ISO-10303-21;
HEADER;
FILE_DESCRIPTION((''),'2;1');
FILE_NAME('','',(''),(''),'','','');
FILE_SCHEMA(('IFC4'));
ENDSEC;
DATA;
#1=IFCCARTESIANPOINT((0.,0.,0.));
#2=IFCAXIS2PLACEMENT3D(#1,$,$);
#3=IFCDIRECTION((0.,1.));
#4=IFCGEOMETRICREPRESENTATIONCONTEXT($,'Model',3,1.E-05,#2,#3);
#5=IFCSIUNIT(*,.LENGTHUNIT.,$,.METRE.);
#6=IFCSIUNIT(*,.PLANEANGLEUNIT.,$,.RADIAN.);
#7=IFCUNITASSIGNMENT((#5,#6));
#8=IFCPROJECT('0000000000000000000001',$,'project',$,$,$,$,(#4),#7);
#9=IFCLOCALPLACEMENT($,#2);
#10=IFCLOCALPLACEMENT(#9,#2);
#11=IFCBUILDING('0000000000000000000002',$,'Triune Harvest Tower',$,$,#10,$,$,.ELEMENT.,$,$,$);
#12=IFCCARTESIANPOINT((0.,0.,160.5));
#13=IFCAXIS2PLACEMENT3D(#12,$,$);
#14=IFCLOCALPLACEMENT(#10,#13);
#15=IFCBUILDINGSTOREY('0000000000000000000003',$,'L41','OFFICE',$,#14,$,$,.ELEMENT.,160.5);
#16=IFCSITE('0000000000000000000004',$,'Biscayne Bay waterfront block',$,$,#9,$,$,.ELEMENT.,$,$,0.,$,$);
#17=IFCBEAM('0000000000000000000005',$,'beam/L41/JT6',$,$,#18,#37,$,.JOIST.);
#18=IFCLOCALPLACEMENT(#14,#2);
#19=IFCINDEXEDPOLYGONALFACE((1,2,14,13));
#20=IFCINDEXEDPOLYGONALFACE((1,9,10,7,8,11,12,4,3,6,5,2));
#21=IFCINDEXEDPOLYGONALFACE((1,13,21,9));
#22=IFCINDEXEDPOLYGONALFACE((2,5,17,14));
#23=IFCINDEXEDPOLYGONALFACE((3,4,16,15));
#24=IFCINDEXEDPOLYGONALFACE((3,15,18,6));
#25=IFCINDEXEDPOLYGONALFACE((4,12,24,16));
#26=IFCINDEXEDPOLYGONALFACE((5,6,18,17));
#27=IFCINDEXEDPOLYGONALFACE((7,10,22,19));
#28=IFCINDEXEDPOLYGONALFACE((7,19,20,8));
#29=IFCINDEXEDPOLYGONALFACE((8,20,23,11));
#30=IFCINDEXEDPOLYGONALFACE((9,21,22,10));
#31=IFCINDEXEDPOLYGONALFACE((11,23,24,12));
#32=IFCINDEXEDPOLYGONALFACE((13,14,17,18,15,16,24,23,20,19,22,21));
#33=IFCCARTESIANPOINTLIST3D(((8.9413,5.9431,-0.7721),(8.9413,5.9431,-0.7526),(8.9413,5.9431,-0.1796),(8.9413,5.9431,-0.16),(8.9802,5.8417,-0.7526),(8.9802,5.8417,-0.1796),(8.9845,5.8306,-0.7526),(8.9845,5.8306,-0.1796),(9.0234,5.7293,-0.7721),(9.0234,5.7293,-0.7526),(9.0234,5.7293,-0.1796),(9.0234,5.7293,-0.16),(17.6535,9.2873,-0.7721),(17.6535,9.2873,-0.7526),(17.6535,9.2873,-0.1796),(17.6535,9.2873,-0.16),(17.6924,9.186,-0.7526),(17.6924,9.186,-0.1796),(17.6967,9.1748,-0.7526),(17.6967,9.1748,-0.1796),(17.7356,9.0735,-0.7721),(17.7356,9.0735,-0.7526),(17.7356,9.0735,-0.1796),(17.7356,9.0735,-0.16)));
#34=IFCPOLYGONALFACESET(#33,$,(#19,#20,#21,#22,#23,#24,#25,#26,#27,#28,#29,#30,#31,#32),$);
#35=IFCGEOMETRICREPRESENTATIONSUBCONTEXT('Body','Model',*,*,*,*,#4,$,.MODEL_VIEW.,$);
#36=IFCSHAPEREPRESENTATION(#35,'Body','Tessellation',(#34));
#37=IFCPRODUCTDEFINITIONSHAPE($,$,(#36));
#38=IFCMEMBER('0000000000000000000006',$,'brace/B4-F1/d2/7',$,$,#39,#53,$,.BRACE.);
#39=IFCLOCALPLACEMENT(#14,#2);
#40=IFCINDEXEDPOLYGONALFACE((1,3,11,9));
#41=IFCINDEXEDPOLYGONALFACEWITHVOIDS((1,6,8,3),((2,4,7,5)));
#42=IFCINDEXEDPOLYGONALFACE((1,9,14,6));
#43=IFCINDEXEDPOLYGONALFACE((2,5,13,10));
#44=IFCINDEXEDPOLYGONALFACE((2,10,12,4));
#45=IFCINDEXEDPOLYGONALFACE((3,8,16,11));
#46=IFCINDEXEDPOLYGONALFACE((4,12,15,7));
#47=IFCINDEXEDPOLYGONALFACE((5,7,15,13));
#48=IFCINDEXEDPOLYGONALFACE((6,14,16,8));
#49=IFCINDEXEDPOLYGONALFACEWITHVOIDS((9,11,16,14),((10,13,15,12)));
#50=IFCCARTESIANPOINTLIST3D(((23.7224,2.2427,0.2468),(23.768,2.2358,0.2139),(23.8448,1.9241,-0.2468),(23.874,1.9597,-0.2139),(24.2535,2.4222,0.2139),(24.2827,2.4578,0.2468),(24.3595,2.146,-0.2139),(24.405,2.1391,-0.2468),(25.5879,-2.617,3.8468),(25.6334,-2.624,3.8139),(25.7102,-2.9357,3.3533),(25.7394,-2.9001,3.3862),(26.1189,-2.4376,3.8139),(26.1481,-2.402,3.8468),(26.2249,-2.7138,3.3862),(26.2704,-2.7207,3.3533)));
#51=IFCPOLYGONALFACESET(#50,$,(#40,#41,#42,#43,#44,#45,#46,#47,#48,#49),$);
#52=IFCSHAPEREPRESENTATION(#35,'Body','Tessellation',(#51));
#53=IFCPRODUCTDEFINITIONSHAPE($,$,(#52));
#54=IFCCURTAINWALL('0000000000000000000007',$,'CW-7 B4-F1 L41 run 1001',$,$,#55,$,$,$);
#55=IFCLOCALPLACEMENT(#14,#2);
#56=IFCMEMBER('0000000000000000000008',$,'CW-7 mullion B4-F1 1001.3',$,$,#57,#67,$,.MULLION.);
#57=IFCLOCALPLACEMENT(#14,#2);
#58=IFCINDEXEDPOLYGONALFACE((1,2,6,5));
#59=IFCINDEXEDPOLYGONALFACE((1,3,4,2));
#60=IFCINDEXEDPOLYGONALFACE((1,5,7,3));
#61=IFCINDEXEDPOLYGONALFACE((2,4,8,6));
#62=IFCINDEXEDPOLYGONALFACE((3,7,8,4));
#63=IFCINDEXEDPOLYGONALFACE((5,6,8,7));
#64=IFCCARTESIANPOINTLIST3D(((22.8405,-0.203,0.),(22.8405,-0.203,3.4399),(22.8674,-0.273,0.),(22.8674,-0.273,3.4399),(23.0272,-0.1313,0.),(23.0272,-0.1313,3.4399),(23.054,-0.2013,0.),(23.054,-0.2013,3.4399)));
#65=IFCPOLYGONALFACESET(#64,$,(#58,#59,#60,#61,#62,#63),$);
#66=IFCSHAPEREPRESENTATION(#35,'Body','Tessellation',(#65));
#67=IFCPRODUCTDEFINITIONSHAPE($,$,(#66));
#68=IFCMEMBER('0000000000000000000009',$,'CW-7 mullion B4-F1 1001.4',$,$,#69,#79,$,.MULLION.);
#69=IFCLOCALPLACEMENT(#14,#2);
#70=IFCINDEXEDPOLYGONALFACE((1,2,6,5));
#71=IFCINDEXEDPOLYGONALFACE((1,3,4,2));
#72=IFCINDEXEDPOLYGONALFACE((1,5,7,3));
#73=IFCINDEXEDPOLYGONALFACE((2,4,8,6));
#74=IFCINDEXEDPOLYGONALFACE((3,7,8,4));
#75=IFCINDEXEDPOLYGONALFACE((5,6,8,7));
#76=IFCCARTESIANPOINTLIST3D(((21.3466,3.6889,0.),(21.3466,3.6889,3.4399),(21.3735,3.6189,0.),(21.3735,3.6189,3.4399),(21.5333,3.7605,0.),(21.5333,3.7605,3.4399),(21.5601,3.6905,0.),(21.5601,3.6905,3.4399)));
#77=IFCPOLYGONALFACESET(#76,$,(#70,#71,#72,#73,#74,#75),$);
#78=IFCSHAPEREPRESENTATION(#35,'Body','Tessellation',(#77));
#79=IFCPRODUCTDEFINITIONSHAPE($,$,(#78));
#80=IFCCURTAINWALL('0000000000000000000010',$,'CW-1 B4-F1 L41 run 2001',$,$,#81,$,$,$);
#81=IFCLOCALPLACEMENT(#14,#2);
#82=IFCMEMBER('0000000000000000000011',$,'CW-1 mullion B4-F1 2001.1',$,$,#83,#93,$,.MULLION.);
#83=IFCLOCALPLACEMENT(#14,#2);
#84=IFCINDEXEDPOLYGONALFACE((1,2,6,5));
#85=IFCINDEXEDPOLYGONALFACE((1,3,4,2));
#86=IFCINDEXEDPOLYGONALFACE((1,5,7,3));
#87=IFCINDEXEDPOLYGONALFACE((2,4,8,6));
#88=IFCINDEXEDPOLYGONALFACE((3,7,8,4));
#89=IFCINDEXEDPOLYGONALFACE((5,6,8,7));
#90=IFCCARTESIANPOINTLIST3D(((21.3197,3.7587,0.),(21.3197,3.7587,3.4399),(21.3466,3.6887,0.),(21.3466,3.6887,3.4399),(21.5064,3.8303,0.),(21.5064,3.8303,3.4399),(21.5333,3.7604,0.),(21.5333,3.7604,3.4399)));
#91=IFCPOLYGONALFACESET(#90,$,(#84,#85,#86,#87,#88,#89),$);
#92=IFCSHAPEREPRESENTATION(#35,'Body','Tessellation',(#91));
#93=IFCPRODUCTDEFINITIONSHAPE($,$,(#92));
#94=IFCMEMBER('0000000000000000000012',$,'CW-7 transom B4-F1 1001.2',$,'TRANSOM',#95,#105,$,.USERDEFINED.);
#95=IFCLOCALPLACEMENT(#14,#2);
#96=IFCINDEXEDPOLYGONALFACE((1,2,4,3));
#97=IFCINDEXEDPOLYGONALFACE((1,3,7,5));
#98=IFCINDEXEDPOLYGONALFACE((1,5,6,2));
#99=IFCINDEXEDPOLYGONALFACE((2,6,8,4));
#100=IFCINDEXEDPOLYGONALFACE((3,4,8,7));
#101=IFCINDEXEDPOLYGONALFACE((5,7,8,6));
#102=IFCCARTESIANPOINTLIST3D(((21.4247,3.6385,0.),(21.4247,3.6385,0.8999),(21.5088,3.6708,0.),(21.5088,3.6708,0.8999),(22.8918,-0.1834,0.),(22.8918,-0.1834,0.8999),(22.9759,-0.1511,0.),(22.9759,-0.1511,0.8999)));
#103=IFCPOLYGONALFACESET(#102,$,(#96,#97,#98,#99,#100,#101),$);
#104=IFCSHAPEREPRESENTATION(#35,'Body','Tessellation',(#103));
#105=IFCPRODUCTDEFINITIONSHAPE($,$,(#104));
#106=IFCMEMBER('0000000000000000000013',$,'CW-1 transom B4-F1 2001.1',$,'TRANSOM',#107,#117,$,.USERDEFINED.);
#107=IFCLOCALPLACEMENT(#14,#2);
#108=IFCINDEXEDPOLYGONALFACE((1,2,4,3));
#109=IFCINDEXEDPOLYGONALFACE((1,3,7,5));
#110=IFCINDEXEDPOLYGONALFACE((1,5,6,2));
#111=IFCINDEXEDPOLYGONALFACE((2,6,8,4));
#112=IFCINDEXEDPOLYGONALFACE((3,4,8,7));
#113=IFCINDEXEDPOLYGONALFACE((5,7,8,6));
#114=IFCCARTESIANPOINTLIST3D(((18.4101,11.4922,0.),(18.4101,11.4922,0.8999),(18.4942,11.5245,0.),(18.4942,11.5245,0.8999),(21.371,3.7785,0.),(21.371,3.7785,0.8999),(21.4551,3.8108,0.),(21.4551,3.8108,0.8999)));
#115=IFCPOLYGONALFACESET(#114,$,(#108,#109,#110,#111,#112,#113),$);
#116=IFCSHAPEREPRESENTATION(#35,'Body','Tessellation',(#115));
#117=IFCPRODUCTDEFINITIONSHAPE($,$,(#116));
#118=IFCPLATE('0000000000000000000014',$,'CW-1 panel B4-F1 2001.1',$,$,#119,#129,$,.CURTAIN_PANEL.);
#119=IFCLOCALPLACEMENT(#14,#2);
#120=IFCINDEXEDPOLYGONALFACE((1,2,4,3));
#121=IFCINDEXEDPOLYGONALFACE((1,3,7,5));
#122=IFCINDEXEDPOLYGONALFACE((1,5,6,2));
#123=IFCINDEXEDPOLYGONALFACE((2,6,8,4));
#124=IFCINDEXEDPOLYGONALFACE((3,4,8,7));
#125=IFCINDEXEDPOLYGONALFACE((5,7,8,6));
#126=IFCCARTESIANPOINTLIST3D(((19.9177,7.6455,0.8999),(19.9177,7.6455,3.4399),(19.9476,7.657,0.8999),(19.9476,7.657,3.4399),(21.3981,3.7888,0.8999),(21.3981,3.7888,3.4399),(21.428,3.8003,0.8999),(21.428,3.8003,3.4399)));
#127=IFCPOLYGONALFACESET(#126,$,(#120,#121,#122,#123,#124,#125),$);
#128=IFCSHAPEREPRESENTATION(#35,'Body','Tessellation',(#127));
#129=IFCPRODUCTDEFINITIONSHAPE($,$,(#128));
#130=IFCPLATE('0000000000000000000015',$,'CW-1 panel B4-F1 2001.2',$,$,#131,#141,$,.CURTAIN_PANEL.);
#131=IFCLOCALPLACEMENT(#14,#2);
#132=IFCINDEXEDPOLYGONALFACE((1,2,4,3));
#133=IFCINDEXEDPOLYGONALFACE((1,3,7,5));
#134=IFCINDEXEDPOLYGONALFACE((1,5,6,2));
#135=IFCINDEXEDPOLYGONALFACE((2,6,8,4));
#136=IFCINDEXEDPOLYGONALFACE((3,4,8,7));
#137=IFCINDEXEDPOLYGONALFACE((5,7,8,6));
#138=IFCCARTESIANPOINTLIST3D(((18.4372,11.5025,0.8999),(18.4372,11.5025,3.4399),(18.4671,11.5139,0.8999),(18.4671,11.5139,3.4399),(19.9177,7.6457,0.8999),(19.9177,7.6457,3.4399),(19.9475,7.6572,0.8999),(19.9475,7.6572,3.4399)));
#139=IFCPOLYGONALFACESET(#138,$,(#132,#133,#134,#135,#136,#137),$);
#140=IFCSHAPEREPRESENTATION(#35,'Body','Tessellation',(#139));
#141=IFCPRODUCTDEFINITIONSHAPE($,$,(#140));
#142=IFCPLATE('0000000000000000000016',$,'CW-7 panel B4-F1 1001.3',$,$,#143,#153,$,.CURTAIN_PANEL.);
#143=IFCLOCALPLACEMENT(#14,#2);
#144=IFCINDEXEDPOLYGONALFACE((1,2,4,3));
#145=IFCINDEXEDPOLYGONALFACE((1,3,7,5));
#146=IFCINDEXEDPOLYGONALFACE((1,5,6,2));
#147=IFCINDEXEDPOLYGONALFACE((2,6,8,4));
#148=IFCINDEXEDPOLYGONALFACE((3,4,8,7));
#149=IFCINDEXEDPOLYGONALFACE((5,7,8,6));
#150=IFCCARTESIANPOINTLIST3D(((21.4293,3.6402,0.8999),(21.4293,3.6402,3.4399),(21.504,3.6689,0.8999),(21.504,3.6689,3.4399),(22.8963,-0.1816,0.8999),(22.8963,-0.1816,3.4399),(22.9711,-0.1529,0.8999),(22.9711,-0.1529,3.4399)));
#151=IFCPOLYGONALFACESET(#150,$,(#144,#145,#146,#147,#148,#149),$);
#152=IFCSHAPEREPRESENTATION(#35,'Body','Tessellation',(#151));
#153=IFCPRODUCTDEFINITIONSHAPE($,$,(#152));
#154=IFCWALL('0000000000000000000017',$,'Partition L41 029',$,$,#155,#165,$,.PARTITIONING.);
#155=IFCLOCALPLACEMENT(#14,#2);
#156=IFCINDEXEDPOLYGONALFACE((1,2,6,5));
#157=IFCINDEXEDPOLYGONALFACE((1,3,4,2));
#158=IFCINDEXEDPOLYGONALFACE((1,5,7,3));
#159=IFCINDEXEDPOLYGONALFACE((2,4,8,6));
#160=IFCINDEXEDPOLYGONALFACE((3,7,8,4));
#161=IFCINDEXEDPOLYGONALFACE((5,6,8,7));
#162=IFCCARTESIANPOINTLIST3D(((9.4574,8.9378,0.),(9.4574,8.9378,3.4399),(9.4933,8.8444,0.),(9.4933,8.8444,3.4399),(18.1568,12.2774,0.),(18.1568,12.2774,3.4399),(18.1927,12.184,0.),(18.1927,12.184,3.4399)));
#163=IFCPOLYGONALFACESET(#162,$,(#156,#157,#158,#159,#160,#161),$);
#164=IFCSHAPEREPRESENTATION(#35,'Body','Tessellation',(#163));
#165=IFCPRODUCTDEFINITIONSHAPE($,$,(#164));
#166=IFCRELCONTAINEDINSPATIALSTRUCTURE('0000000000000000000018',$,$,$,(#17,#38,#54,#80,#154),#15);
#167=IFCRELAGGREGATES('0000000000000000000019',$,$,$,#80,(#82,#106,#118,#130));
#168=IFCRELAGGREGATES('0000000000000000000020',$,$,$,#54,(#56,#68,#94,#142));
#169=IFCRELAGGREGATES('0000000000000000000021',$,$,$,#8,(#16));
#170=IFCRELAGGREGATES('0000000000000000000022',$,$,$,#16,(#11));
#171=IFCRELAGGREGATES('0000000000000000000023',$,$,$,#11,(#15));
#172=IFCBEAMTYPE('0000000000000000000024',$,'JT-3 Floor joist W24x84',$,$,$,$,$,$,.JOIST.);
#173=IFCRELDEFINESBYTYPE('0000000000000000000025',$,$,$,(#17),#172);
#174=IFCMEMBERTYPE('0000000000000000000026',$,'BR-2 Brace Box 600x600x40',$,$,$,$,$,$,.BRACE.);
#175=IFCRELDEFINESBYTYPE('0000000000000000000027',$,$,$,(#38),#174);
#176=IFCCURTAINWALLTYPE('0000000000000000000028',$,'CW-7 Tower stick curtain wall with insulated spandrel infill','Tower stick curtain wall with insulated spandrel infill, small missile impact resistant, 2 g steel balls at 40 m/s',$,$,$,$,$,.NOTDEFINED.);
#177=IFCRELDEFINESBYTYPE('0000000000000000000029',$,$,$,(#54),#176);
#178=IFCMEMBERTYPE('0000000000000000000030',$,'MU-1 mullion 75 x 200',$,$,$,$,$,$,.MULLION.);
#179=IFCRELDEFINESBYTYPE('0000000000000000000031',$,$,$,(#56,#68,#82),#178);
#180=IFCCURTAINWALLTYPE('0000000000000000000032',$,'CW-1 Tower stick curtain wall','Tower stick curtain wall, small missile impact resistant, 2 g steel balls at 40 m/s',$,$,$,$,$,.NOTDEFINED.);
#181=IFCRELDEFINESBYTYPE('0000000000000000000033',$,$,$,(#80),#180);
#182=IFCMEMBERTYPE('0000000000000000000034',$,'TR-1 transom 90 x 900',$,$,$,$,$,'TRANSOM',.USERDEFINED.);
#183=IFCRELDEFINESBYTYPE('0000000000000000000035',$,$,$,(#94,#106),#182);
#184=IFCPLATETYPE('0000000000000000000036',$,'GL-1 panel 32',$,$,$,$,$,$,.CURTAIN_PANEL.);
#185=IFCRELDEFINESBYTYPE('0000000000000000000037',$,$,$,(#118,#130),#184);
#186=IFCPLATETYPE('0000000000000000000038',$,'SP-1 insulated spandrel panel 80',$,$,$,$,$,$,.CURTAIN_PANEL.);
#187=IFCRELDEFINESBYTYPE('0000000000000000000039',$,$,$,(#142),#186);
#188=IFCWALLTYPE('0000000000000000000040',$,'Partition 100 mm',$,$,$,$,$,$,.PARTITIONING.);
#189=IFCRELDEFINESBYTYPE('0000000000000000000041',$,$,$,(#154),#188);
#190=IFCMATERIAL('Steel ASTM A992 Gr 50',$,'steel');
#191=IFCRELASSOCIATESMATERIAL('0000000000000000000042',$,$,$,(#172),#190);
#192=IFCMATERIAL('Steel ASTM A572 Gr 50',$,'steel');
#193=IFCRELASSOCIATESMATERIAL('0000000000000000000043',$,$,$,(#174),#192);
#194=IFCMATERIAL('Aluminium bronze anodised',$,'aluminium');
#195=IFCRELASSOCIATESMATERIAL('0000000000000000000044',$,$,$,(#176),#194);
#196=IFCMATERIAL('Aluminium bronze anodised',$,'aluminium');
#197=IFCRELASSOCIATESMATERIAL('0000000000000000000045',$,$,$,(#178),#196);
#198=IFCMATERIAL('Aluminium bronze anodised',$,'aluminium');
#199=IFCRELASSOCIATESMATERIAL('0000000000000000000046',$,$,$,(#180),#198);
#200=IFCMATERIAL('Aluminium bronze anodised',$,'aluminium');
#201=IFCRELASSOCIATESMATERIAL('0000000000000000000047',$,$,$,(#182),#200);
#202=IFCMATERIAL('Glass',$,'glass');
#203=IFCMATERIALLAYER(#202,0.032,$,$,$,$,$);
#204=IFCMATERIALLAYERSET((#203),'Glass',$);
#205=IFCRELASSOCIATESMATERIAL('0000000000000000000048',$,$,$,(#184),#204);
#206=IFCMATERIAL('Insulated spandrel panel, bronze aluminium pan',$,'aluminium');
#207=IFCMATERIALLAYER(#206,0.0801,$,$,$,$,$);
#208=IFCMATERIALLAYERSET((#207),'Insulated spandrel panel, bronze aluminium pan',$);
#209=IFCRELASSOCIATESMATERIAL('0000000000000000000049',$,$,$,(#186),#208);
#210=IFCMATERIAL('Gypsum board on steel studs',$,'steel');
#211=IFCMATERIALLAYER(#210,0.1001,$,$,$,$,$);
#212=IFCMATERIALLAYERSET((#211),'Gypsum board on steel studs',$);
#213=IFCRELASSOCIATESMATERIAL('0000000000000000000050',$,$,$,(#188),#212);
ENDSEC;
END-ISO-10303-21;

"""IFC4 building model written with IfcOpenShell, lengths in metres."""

from ifc_helpers import new_model, si_unit, direction, frame, frame_2d, origin, origin_2d, place, context, subcontext, project, spatial, rectangle, hollow_rectangle, i_section, extrude, source, transform, mapped, material, layer, layer_set, material_profile, profile_set, type_object, element, aggregate, save


model = new_model("IFC4")

# Units and contexts
model_context = context("Model", 3, precision=1e-05, world=origin(), true_north=direction((0.0, 1.0)))
body_context = subcontext(model_context, "Body", "Model", "MODEL_VIEW")
ifc_project = project(units=[si_unit("LENGTHUNIT", "METRE"), si_unit("PLANEANGLEUNIT", "RADIAN")], contexts=[model_context])

# Site, building, storey
site_placement = place(None, origin())
site = spatial("IfcSite", under=ifc_project, at=site_placement, Name="Biscayne Bay waterfront block", CompositionType="ELEMENT", RefElevation=0.0)
building_placement = place(site_placement, origin())
building = spatial("IfcBuilding", under=site, at=building_placement, Name="Triune Harvest Tower", CompositionType="ELEMENT")
storey_placement = place(building_placement, frame((0.0, 0.0, 160.5)))
storey = spatial("IfcBuildingStorey", under=building, at=storey_placement, Name="L41", Description="OFFICE", CompositionType="ELEMENT", Elevation=160.5)

# Beam
ifc_material_1 = material(Name="Steel ASTM A992 Gr 50", Category="steel")
ifc_material_profile_1 = material_profile(ifc_material_1, i_section(OverallWidth=0.229, OverallDepth=0.6121, WebThickness=0.012, FlangeThickness=0.0195, at=origin_2d()), Name="W24x84")
ifc_profile_set_1 = profile_set([ifc_material_profile_1], Name="Steel ASTM A992 Gr 50")
beam_type_1 = type_object("IfcBeamType", Name="JT-3 Floor joist W24x84", PredefinedType="JOIST", material=ifc_profile_set_1)
shared_shape_1 = source(origin(), body_context, "Body", "SweptSolid", [
    extrude(i_section(OverallWidth=0.229, OverallDepth=0.6121, WebThickness=0.012, FlangeThickness=0.0195, at=origin_2d()), origin(), (0.0, 0.0, 1.0), 9.332),
])
beam_1_placement = place(storey_placement, frame((17.6946, 9.1804, -0.4661), z_axis=(-0.933582, -0.358364, 0.0), x_axis=(0.358364, -0.933582, 0.0)))
element("IfcBeam", 1, at=beam_1_placement, inside=storey, type_object=beam_type_1, Name="beam/L41/JT6", PredefinedType="JOIST", context=body_context, shape_type="MappedRepresentation", body=[
    mapped(shared_shape_1, transform((0.0, 0.0, 0.0), scale=1.0)),
])

# Member
ifc_material_2 = material(Name="Steel ASTM A572 Gr 50", Category="steel")
ifc_material_profile_2 = material_profile(ifc_material_2, hollow_rectangle(XDim=0.6001, YDim=0.6001, WallThickness=0.04, at=origin_2d()), Name="Box 600x600x40")
ifc_profile_set_2 = profile_set([ifc_material_profile_2], Name="Steel ASTM A572 Gr 50")
member_type_1 = type_object("IfcMemberType", Name="BR-2 Brace Box 600x600x40", PredefinedType="BRACE", material=ifc_profile_set_2)
shared_shape_2 = source(origin(), body_context, "Body", "SweptSolid", [
    extrude(hollow_rectangle(XDim=0.6001, YDim=0.6001, WallThickness=0.04, at=origin_2d()), origin(), (0.0, 0.0, 1.0), 6.3291),
])
member_1_placement = place(storey_placement, frame((24.0637, 2.1909, 0.0), z_axis=(0.294741, -0.767846, 0.568806), x_axis=(0.933584, 0.35836, 0.0)))
element("IfcMember", 2, at=member_1_placement, inside=storey, type_object=member_type_1, Name="brace/B4-F1/d2/7", PredefinedType="BRACE", context=body_context, shape_type="MappedRepresentation", body=[
    mapped(shared_shape_2, transform((0.0, 0.0, 0.0), scale=1.0)),
])

# Curtain wall, members
ifc_material_3 = material(Name="Aluminium bronze anodised", Category="aluminium")
curtain_wall_type_1 = type_object("IfcCurtainWallType", Name="CW-7 Tower stick curtain wall with insulated spandrel infill", Description="Tower stick curtain wall with insulated spandrel infill, small missile impact resistant, 2 g steel balls at 40 m/s", PredefinedType="NOTDEFINED", material=ifc_material_3)
curtain_wall_1_placement = place(storey_placement, origin())
curtain_wall_1 = element("IfcCurtainWall", 3, at=curtain_wall_1_placement, inside=storey, type_object=curtain_wall_type_1, Name="CW-7 B4-F1 L41 run 1001")
ifc_material_4 = material(Name="Aluminium bronze anodised", Category="aluminium")
ifc_material_profile_3 = material_profile(ifc_material_4, rectangle(XDim=0.2, YDim=0.075, at=origin_2d()), Name="MU-1 mullion 75 x 200")
ifc_profile_set_3 = profile_set([ifc_material_profile_3], Name="Aluminium bronze anodised")
member_type_2 = type_object("IfcMemberType", Name="MU-1 mullion 75 x 200", PredefinedType="MULLION", material=ifc_profile_set_3)
shared_shape_3 = source(origin(), body_context, "Body", "SweptSolid", [
    extrude(rectangle(XDim=0.2, YDim=0.075, at=origin_2d()), origin(), (0.0, 0.0, 1.0), 3.4399),
])
member_2_placement = place(storey_placement, frame((22.9473, -0.2021, 0.0), z_axis=(0.0, 0.0, 1.0), x_axis=(-0.933581, -0.358366, 0.0)))
member_2 = element("IfcMember", 4, at=member_2_placement, type_object=member_type_2, Name="CW-7 mullion B4-F1 1001.3", PredefinedType="MULLION", context=body_context, shape_type="MappedRepresentation", body=[
    mapped(shared_shape_3, transform((0.0, 0.0, 0.0), scale=1.0)),
])
member_3_placement = place(storey_placement, frame((21.4534, 3.6897, 0.0), z_axis=(0.0, 0.0, 1.0), x_axis=(-0.933581, -0.358366, 0.0)))
member_3 = element("IfcMember", 5, at=member_3_placement, type_object=member_type_2, Name="CW-7 mullion B4-F1 1001.4", PredefinedType="MULLION", context=body_context, shape_type="MappedRepresentation", body=[
    mapped(shared_shape_3, transform((0.0, 0.0, 0.0), scale=1.0)),
])

# Curtain wall, member
ifc_material_5 = material(Name="Aluminium bronze anodised", Category="aluminium")
curtain_wall_type_2 = type_object("IfcCurtainWallType", Name="CW-1 Tower stick curtain wall", Description="Tower stick curtain wall, small missile impact resistant, 2 g steel balls at 40 m/s", PredefinedType="NOTDEFINED", material=ifc_material_5)
curtain_wall_2_placement = place(storey_placement, origin())
curtain_wall_2 = element("IfcCurtainWall", 6, at=curtain_wall_2_placement, inside=storey, type_object=curtain_wall_type_2, Name="CW-1 B4-F1 L41 run 2001")
member_4_placement = place(storey_placement, frame((21.4265, 3.7595, 0.0), z_axis=(0.0, 0.0, 1.0), x_axis=(-0.933581, -0.358366, 0.0)))
member_4 = element("IfcMember", 7, at=member_4_placement, type_object=member_type_2, Name="CW-1 mullion B4-F1 2001.1", PredefinedType="MULLION", context=body_context, shape_type="MappedRepresentation", body=[
    mapped(shared_shape_3, transform((0.0, 0.0, 0.0), scale=1.0)),
])

# Members
ifc_material_6 = material(Name="Aluminium bronze anodised", Category="aluminium")
ifc_material_profile_4 = material_profile(ifc_material_6, rectangle(XDim=0.0901, YDim=0.8999, at=origin_2d()), Name="TR-1 transom 90 x 900")
ifc_profile_set_4 = profile_set([ifc_material_profile_4], Name="Aluminium bronze anodised")
member_type_3 = type_object("IfcMemberType", Name="TR-1 transom 90 x 900", ElementType="TRANSOM", PredefinedType="USERDEFINED", material=ifc_profile_set_4)
shared_shape_4 = source(origin(), body_context, "Body", "SweptSolid", [
    extrude(rectangle(XDim=0.0901, YDim=0.8999, at=origin_2d()), origin(), (0.0, 0.0, 1.0), 4.0938),
])
member_5_placement = place(storey_placement, frame((22.9338, -0.1672, 0.45), z_axis=(-0.358368, 0.933581, 0.0), x_axis=(-0.933581, -0.358368, 0.0)))
member_5 = element("IfcMember", 8, at=member_5_placement, type_object=member_type_3, Name="CW-7 transom B4-F1 1001.2", ObjectType="TRANSOM", PredefinedType="USERDEFINED", context=body_context, shape_type="MappedRepresentation", body=[
    mapped(shared_shape_4, transform((0.0, 0.0, 0.0), scale=1.0)),
])
shared_shape_5 = source(origin(), body_context, "Body", "SweptSolid", [
    extrude(rectangle(XDim=0.0901, YDim=0.8999, at=origin_2d()), origin(), (0.0, 0.0, 1.0), 8.2625),
])
member_6_placement = place(storey_placement, frame((21.4131, 3.7947, 0.45), z_axis=(-0.358363, 0.933582, 0.0), x_axis=(-0.933582, -0.358363, 0.0)))
member_6 = element("IfcMember", 9, at=member_6_placement, type_object=member_type_3, Name="CW-1 transom B4-F1 2001.1", ObjectType="TRANSOM", PredefinedType="USERDEFINED", context=body_context, shape_type="MappedRepresentation", body=[
    mapped(shared_shape_5, transform((0.0, 0.0, 0.0), scale=1.0)),
])

# Plates
ifc_material_7 = material(Name="Glass", Category="glass")
ifc_layer_1 = layer(ifc_material_7, 0.032)
ifc_layer_set_1 = layer_set([ifc_layer_1], Name="Glass")
plate_type_1 = type_object("IfcPlateType", Name="GL-1 panel 32", PredefinedType="CURTAIN_PANEL", material=ifc_layer_set_1)
shared_shape_6 = source(origin(), body_context, "Body", "SweptSolid", [
    extrude(rectangle(XDim=4.1311, YDim=0.032, at=origin_2d()), origin(), (0.0, 0.0, 1.0), 2.54),
])
plate_1_placement = place(storey_placement, frame((20.6729, 5.7229, 0.8999), z_axis=(0.0, 0.0, 1.0), x_axis=(-0.358366, 0.933581, 0.0)))
plate_1 = element("IfcPlate", 10, at=plate_1_placement, type_object=plate_type_1, Name="CW-1 panel B4-F1 2001.1", PredefinedType="CURTAIN_PANEL", context=body_context, shape_type="MappedRepresentation", body=[
    mapped(shared_shape_6, transform((0.0, 0.0, 0.0), scale=1.0)),
])
plate_2_placement = place(storey_placement, frame((19.1924, 9.5798, 0.8999), z_axis=(0.0, 0.0, 1.0), x_axis=(-0.358366, 0.933581, 0.0)))
plate_2 = element("IfcPlate", 11, at=plate_2_placement, type_object=plate_type_1, Name="CW-1 panel B4-F1 2001.2", PredefinedType="CURTAIN_PANEL", context=body_context, shape_type="MappedRepresentation", body=[
    mapped(shared_shape_6, transform((0.0, 0.0, 0.0), scale=1.0)),
])
aggregate(curtain_wall_2, [member_4, member_6, plate_1, plate_2])
ifc_material_8 = material(Name="Insulated spandrel panel, bronze aluminium pan", Category="aluminium")
ifc_layer_2 = layer(ifc_material_8, 0.0801)
ifc_layer_set_2 = layer_set([ifc_layer_2], Name="Insulated spandrel panel, bronze aluminium pan")
plate_type_2 = type_object("IfcPlateType", Name="SP-1 insulated spandrel panel 80", PredefinedType="CURTAIN_PANEL", material=ifc_layer_set_2)
shared_shape_7 = source(origin(), body_context, "Body", "SweptSolid", [
    extrude(rectangle(XDim=4.0938, YDim=0.0801, at=origin_2d()), origin(), (0.0, 0.0, 1.0), 2.54),
])
plate_3_placement = place(storey_placement, frame((22.2002, 1.7437, 0.8999), z_axis=(0.0, 0.0, 1.0), x_axis=(-0.358366, 0.933581, 0.0)))
plate_3 = element("IfcPlate", 12, at=plate_3_placement, type_object=plate_type_2, Name="CW-7 panel B4-F1 1001.3", PredefinedType="CURTAIN_PANEL", context=body_context, shape_type="MappedRepresentation", body=[
    mapped(shared_shape_7, transform((0.0, 0.0, 0.0), scale=1.0)),
])
aggregate(curtain_wall_1, [member_2, member_3, member_5, plate_3])

# Wall
ifc_material_9 = material(Name="Gypsum board on steel studs", Category="steel")
ifc_layer_3 = layer(ifc_material_9, 0.1001)
ifc_layer_set_3 = layer_set([ifc_layer_3], Name="Gypsum board on steel studs")
wall_type_1 = type_object("IfcWallType", Name="Partition 100 mm", PredefinedType="PARTITIONING", material=ifc_layer_set_3)
wall_1_placement = place(storey_placement, frame((9.4753, 8.8911, 0.0), z_axis=(0.0, 0.0, 1.0), x_axis=(0.933574, 0.358386, 0.0)))
element("IfcWall", 13, at=wall_1_placement, inside=storey, type_object=wall_type_1, Name="Partition L41 029", PredefinedType="PARTITIONING", context=body_context, shape_type="SweptSolid", body=[
    extrude(rectangle(XDim=9.3184, YDim=0.1001, at=frame_2d((4.6592, 0.0))), origin(), (0.0, 0.0, 1.0), 3.4399),
])

save(model, "model.ifc")
